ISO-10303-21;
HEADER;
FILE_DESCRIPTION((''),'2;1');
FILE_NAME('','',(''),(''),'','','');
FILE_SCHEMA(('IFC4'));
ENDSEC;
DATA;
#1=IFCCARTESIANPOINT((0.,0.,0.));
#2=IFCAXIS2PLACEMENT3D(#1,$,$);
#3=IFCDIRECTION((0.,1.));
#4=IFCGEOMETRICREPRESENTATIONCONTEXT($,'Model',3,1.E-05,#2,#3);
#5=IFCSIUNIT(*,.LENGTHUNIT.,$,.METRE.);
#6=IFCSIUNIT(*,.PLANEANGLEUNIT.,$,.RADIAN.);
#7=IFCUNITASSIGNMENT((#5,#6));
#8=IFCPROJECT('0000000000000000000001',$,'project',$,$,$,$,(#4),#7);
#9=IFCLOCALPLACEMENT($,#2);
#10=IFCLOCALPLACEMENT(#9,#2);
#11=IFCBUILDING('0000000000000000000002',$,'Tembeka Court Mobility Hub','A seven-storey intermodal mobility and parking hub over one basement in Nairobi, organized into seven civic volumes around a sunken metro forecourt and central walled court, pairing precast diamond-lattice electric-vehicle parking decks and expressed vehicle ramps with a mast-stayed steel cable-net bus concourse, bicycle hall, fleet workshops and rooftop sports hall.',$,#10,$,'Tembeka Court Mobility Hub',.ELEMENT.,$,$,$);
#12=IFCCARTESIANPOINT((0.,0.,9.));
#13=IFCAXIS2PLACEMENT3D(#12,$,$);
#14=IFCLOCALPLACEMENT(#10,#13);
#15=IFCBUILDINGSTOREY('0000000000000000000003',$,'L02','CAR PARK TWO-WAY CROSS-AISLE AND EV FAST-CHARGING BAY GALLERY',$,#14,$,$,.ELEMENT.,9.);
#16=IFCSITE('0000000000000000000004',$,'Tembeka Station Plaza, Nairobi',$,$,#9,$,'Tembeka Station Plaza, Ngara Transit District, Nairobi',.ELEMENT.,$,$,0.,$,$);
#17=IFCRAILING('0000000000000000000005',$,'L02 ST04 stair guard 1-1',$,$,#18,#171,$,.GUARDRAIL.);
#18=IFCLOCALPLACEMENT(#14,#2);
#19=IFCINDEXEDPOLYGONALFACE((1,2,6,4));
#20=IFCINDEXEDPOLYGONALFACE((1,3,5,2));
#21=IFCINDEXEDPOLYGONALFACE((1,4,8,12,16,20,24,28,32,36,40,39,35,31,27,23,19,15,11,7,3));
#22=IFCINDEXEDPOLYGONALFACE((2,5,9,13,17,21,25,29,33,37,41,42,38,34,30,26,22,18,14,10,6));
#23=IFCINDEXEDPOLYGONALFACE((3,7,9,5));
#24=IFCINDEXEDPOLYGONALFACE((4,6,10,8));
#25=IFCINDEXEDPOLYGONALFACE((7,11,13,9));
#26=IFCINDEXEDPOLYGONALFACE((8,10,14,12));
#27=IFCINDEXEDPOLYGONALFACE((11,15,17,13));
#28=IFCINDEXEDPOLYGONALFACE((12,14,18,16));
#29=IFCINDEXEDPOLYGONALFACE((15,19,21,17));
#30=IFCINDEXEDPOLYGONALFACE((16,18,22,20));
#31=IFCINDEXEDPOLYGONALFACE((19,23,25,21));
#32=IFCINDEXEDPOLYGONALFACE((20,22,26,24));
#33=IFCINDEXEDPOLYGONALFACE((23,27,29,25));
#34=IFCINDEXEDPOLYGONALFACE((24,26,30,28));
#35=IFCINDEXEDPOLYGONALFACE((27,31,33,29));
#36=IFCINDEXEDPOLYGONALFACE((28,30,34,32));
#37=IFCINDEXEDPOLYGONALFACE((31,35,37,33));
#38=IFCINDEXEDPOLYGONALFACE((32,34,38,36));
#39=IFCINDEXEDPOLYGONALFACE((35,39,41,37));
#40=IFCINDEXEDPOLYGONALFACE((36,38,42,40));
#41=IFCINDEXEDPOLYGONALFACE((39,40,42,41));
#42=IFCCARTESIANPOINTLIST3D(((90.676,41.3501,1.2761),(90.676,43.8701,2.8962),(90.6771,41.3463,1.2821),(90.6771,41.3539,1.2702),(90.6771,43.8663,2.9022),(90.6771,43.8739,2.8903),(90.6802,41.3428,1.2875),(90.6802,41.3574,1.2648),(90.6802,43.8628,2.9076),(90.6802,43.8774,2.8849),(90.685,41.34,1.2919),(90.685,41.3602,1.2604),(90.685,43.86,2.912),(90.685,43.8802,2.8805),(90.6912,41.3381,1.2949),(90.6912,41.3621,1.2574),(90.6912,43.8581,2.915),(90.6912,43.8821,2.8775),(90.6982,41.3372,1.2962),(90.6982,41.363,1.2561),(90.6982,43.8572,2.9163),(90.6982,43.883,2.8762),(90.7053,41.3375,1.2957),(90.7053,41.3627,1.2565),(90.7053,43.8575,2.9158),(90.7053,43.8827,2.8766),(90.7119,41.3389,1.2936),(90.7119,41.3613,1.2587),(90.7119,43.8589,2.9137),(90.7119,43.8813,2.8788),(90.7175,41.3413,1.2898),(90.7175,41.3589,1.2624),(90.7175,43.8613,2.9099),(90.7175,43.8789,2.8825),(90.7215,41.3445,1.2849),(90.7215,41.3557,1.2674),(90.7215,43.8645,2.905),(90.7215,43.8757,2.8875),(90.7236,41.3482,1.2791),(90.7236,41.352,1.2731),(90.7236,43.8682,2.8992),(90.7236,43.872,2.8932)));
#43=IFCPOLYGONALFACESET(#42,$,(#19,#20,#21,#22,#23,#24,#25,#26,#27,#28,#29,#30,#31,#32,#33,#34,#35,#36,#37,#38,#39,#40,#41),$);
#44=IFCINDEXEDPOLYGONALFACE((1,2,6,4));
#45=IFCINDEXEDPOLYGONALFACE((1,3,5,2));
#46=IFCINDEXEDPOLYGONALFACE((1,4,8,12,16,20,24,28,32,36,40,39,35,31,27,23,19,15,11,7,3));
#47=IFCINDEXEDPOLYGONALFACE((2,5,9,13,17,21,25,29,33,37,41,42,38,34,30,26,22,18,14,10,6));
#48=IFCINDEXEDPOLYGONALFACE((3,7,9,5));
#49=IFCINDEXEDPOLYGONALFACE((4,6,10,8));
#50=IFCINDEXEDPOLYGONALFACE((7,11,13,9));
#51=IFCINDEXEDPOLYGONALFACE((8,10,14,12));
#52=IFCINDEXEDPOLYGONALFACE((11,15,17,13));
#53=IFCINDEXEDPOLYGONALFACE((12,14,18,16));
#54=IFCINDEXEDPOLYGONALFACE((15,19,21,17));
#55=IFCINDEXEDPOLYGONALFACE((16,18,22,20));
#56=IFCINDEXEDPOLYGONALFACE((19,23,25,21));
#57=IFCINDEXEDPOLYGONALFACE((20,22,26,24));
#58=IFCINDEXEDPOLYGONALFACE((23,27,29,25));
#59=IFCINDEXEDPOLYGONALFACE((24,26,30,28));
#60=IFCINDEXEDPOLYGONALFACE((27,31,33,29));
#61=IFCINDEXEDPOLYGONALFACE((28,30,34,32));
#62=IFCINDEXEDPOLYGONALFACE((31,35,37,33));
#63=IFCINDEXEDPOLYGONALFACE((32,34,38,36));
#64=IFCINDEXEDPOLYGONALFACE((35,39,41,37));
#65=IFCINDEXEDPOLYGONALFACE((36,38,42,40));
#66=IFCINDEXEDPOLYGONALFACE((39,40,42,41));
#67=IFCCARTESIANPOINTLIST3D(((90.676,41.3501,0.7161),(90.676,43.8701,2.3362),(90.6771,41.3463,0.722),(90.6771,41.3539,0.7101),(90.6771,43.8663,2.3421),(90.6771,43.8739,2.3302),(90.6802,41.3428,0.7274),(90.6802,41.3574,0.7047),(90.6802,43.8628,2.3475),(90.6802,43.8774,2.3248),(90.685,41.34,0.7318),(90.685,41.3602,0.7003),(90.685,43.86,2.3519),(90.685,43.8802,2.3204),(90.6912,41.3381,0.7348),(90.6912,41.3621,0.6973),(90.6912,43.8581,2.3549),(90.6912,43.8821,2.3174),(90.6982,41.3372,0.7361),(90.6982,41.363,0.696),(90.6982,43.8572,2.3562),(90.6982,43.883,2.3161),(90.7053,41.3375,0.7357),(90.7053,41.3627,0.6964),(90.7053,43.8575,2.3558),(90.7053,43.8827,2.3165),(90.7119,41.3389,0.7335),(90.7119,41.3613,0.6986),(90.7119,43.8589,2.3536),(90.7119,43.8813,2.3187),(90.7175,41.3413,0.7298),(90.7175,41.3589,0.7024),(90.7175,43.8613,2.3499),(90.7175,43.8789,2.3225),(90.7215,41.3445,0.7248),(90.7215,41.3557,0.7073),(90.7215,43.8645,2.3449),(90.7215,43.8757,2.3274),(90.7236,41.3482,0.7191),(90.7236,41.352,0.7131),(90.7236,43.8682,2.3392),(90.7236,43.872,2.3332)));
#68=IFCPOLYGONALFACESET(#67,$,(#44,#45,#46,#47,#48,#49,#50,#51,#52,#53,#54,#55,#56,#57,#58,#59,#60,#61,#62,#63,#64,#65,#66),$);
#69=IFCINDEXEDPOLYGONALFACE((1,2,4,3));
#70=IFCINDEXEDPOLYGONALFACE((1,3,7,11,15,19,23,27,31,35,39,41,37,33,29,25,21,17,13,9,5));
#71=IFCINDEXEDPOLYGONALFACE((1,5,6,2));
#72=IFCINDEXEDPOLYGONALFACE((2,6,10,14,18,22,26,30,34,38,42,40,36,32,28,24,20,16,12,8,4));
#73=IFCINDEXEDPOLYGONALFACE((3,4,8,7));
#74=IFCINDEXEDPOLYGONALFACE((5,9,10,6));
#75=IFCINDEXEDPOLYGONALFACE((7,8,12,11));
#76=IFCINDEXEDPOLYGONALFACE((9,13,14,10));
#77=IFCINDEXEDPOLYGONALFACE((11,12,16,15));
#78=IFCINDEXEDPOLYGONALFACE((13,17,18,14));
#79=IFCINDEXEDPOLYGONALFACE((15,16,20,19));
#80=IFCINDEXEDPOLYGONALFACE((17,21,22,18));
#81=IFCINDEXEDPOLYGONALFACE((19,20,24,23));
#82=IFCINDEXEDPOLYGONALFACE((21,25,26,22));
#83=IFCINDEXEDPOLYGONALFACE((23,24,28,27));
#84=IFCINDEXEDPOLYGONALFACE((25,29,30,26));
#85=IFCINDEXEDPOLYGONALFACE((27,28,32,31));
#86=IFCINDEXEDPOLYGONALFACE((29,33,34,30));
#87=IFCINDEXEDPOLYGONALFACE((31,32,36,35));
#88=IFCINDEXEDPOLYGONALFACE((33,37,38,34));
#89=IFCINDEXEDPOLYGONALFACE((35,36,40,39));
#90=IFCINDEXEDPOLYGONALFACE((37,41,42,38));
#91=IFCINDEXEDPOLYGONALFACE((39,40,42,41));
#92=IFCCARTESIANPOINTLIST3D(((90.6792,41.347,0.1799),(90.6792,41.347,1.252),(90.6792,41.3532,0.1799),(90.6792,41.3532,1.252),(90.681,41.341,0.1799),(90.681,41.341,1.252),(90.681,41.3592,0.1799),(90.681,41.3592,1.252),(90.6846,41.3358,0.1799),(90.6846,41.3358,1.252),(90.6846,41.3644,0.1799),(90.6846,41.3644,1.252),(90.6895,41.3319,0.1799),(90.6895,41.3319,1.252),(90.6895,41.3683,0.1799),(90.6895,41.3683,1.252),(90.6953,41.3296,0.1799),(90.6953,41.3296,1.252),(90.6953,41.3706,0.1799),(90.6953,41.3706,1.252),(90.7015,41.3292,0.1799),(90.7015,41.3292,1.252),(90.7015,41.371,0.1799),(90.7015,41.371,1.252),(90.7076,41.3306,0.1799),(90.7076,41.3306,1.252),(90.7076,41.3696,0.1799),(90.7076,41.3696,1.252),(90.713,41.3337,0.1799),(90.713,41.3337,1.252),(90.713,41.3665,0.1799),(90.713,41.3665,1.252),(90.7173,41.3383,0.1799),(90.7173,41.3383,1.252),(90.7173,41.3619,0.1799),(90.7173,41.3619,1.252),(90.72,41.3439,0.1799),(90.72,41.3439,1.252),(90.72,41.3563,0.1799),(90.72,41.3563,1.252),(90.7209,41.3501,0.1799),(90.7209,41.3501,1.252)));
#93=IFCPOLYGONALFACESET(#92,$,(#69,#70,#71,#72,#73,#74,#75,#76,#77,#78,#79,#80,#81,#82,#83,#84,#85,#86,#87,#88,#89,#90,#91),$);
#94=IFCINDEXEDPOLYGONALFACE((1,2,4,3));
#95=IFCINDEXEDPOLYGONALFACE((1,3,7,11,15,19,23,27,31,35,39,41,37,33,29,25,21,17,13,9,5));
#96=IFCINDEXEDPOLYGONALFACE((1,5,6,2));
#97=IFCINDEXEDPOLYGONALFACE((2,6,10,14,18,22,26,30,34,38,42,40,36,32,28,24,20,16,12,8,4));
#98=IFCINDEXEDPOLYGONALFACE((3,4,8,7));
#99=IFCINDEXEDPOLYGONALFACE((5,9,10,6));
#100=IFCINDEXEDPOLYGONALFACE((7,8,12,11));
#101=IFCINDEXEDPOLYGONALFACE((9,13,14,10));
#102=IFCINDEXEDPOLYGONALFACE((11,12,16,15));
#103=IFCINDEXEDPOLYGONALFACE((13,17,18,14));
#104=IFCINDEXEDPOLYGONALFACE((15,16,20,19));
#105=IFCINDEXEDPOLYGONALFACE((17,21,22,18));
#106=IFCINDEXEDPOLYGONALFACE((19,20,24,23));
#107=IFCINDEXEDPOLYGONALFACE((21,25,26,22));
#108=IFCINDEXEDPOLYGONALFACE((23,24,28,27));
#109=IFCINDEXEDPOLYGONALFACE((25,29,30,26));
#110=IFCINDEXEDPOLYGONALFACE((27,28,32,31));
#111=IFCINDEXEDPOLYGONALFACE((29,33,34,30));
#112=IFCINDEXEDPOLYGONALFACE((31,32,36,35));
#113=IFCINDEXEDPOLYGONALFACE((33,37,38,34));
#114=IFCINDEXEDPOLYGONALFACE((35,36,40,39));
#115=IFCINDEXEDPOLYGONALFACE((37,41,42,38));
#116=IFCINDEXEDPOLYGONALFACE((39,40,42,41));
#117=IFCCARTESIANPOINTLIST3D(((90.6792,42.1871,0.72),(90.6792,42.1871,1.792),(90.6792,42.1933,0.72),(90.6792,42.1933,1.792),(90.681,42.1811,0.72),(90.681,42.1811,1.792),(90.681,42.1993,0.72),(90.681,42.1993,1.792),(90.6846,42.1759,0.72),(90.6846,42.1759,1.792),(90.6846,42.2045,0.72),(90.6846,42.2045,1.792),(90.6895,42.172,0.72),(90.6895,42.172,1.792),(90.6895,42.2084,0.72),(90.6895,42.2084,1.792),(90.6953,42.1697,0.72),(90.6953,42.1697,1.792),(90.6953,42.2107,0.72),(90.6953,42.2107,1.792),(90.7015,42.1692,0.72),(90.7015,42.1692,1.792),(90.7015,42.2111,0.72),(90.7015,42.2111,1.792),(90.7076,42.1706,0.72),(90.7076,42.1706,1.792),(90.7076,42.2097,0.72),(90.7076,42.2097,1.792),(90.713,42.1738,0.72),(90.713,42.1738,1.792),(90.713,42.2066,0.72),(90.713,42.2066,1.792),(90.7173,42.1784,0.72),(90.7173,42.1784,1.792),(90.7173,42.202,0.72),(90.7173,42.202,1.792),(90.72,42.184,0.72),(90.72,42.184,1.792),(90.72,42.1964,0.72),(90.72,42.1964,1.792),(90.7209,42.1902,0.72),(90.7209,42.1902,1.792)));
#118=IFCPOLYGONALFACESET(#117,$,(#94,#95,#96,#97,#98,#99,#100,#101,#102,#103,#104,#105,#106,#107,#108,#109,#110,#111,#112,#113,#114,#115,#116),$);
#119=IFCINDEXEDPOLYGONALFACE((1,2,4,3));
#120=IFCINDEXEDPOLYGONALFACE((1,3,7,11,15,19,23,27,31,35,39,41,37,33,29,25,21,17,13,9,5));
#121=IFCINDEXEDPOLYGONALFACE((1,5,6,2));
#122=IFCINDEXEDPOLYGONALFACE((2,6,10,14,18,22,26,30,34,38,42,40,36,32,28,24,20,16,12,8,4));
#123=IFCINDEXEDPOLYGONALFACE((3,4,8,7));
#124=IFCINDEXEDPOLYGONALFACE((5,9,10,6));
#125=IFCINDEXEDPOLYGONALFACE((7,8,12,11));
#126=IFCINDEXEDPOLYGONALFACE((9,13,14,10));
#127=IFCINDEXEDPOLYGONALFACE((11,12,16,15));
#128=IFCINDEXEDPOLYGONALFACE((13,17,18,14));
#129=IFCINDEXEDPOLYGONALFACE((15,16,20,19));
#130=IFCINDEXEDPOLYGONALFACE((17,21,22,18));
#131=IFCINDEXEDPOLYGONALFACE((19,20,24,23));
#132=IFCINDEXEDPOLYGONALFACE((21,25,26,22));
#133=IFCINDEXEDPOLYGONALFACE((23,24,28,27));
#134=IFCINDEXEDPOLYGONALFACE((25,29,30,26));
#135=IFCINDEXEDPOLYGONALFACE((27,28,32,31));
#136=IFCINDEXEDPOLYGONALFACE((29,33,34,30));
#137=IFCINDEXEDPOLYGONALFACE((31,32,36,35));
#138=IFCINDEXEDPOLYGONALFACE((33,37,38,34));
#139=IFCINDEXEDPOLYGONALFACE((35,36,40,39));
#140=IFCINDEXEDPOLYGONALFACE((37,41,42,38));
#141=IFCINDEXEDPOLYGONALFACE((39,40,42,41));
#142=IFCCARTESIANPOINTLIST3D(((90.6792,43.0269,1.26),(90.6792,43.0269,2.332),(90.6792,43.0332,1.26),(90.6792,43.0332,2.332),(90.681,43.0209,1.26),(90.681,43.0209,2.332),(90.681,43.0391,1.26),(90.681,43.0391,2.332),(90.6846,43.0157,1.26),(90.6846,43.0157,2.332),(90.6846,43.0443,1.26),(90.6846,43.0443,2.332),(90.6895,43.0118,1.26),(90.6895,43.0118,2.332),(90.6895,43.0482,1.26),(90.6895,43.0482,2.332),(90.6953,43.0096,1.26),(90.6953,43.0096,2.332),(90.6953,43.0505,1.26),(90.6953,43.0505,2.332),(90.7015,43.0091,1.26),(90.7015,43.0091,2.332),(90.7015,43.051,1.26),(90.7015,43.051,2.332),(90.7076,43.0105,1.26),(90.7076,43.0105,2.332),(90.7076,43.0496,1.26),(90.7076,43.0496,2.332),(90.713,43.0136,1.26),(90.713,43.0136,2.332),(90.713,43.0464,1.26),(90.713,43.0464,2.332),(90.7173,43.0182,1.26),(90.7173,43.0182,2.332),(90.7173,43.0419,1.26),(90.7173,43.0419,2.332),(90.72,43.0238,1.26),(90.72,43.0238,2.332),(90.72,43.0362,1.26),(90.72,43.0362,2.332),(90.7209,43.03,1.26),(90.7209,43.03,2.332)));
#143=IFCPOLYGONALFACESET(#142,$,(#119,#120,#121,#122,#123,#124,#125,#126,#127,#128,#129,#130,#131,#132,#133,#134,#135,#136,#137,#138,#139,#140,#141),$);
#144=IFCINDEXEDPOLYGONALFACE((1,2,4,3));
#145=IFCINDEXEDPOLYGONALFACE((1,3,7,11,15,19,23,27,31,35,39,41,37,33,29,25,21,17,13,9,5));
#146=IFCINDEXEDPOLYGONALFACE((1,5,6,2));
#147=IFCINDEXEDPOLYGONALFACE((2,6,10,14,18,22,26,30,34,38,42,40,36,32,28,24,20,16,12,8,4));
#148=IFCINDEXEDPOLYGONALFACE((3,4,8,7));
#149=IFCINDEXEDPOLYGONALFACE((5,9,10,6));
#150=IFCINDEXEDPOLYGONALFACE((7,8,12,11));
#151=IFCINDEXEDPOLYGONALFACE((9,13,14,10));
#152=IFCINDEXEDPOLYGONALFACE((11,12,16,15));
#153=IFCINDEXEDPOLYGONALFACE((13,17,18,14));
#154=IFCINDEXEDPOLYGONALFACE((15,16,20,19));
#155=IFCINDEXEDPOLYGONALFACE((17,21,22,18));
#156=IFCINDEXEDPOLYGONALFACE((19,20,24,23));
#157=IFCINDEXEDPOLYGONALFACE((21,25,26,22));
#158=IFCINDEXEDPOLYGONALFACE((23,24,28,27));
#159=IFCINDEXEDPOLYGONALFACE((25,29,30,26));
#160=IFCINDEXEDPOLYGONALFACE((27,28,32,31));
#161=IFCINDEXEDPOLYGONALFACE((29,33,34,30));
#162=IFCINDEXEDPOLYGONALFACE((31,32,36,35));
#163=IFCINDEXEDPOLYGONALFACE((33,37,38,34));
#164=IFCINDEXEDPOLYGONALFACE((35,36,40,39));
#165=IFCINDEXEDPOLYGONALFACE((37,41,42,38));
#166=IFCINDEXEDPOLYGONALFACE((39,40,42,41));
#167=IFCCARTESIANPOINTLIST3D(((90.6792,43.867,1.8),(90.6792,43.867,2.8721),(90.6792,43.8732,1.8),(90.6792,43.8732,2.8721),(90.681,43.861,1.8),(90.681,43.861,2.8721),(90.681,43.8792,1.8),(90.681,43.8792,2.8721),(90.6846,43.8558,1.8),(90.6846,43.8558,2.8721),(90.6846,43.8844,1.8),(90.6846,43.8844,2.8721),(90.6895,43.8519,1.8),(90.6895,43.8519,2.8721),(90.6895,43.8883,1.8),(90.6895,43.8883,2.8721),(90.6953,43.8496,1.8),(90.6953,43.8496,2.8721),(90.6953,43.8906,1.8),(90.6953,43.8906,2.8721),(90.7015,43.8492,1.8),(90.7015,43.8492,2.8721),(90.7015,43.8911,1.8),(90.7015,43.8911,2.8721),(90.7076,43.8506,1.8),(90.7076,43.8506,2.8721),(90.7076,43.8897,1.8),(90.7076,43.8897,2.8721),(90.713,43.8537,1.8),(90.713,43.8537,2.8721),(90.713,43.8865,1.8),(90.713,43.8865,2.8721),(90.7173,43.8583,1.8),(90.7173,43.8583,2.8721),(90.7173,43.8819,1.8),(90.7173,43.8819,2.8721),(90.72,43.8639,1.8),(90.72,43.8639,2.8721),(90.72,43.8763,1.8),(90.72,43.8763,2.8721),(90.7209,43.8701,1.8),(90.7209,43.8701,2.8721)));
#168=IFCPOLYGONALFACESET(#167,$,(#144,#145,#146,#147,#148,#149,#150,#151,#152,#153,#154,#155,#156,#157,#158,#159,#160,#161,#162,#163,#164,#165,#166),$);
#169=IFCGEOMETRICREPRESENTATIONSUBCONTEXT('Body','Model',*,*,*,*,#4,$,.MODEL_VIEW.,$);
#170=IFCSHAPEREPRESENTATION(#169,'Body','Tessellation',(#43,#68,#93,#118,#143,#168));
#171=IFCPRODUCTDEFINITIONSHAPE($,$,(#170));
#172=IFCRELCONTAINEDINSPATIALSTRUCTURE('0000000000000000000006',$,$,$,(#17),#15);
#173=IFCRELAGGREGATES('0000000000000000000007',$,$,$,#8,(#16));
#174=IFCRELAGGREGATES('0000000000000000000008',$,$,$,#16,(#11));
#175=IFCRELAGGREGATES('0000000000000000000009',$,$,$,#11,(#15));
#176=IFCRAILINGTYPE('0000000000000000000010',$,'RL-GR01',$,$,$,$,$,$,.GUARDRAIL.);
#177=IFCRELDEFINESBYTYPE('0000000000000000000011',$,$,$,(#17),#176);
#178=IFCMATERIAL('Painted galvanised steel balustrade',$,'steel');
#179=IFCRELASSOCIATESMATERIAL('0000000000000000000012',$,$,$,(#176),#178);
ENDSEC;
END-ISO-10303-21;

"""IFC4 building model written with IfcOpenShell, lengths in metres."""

from ifc_helpers import new_model, si_unit, direction, frame, origin, origin_2d, place, context, subcontext, project, spatial, circle, extrude, material, type_object, element, save


model = new_model("IFC4")

# Units and contexts
model_context = context("Model", 3, precision=1e-05, world=origin(), true_north=direction((0.0, 1.0)))
body_context = subcontext(model_context, "Body", "Model", "MODEL_VIEW")
ifc_project = project(units=[si_unit("LENGTHUNIT", "METRE"), si_unit("PLANEANGLEUNIT", "RADIAN")], contexts=[model_context])

# Site, building, storey
site_placement = place(None, origin())
site = spatial("IfcSite", under=ifc_project, at=site_placement, Name="Tembeka Station Plaza, Nairobi", LongName="Tembeka Station Plaza, Ngara Transit District, Nairobi", CompositionType="ELEMENT", RefElevation=0.0)
building_placement = place(site_placement, origin())
building = spatial("IfcBuilding", under=site, at=building_placement, Name="Tembeka Court Mobility Hub", Description="A seven-storey intermodal mobility and parking hub over one basement in Nairobi, organized into seven civic volumes around a sunken metro forecourt and central walled court, pairing precast diamond-lattice electric-vehicle parking decks and expressed vehicle ramps with a mast-stayed steel cable-net bus concourse, bicycle hall, fleet workshops and rooftop sports hall.", LongName="Tembeka Court Mobility Hub", CompositionType="ELEMENT")
storey_placement = place(building_placement, frame((0.0, 0.0, 9.0)))
storey = spatial("IfcBuildingStorey", under=building, at=storey_placement, Name="L02", Description="CAR PARK TWO-WAY CROSS-AISLE AND EV FAST-CHARGING BAY GALLERY", CompositionType="ELEMENT", Elevation=9.0)

# Railing
ifc_material_1 = material(Name="Painted galvanised steel balustrade", Category="steel")
railing_type_1 = type_object("IfcRailingType", Name="RL-GR01", PredefinedType="GUARDRAIL", material=ifc_material_1)
railing_1_placement = place(storey_placement, frame((90.7, 41.3501, 0.1799)))
element("IfcRailing", 1, at=railing_1_placement, inside=storey, type_object=railing_type_1, Name="L02 ST04 stair guard 1-1", PredefinedType="GUARDRAIL", context=body_context, shape_type="SweptSolid", body=[
    extrude(circle(Radius=0.0239, at=origin_2d()), frame((0.0, 0.0, 1.0962), z_axis=(0.0, 0.841163, 0.540782), x_axis=(-1.0, 0.0, 0.0)), (0.0, 0.0, 1.0), 2.9958),
    extrude(circle(Radius=0.0239, at=origin_2d()), frame((0.0, 0.0, 0.5361), z_axis=(0.0, 0.841163, 0.540782), x_axis=(-1.0, 0.0, 0.0)), (0.0, 0.0, 1.0), 2.9958),
    extrude(circle(Radius=0.021, at=origin_2d()), origin(), (0.0, 0.0, 1.0), 1.072),
    extrude(circle(Radius=0.021, at=origin_2d()), frame((0.0, 0.8401, 0.54)), (0.0, 0.0, 1.0), 1.072),
    extrude(circle(Radius=0.021, at=origin_2d()), frame((0.0, 1.6799, 1.0801)), (0.0, 0.0, 1.0), 1.072),
    extrude(circle(Radius=0.021, at=origin_2d()), frame((0.0, 2.52, 1.6201)), (0.0, 0.0, 1.0), 1.072),
])

save(model, "model.ifc")
